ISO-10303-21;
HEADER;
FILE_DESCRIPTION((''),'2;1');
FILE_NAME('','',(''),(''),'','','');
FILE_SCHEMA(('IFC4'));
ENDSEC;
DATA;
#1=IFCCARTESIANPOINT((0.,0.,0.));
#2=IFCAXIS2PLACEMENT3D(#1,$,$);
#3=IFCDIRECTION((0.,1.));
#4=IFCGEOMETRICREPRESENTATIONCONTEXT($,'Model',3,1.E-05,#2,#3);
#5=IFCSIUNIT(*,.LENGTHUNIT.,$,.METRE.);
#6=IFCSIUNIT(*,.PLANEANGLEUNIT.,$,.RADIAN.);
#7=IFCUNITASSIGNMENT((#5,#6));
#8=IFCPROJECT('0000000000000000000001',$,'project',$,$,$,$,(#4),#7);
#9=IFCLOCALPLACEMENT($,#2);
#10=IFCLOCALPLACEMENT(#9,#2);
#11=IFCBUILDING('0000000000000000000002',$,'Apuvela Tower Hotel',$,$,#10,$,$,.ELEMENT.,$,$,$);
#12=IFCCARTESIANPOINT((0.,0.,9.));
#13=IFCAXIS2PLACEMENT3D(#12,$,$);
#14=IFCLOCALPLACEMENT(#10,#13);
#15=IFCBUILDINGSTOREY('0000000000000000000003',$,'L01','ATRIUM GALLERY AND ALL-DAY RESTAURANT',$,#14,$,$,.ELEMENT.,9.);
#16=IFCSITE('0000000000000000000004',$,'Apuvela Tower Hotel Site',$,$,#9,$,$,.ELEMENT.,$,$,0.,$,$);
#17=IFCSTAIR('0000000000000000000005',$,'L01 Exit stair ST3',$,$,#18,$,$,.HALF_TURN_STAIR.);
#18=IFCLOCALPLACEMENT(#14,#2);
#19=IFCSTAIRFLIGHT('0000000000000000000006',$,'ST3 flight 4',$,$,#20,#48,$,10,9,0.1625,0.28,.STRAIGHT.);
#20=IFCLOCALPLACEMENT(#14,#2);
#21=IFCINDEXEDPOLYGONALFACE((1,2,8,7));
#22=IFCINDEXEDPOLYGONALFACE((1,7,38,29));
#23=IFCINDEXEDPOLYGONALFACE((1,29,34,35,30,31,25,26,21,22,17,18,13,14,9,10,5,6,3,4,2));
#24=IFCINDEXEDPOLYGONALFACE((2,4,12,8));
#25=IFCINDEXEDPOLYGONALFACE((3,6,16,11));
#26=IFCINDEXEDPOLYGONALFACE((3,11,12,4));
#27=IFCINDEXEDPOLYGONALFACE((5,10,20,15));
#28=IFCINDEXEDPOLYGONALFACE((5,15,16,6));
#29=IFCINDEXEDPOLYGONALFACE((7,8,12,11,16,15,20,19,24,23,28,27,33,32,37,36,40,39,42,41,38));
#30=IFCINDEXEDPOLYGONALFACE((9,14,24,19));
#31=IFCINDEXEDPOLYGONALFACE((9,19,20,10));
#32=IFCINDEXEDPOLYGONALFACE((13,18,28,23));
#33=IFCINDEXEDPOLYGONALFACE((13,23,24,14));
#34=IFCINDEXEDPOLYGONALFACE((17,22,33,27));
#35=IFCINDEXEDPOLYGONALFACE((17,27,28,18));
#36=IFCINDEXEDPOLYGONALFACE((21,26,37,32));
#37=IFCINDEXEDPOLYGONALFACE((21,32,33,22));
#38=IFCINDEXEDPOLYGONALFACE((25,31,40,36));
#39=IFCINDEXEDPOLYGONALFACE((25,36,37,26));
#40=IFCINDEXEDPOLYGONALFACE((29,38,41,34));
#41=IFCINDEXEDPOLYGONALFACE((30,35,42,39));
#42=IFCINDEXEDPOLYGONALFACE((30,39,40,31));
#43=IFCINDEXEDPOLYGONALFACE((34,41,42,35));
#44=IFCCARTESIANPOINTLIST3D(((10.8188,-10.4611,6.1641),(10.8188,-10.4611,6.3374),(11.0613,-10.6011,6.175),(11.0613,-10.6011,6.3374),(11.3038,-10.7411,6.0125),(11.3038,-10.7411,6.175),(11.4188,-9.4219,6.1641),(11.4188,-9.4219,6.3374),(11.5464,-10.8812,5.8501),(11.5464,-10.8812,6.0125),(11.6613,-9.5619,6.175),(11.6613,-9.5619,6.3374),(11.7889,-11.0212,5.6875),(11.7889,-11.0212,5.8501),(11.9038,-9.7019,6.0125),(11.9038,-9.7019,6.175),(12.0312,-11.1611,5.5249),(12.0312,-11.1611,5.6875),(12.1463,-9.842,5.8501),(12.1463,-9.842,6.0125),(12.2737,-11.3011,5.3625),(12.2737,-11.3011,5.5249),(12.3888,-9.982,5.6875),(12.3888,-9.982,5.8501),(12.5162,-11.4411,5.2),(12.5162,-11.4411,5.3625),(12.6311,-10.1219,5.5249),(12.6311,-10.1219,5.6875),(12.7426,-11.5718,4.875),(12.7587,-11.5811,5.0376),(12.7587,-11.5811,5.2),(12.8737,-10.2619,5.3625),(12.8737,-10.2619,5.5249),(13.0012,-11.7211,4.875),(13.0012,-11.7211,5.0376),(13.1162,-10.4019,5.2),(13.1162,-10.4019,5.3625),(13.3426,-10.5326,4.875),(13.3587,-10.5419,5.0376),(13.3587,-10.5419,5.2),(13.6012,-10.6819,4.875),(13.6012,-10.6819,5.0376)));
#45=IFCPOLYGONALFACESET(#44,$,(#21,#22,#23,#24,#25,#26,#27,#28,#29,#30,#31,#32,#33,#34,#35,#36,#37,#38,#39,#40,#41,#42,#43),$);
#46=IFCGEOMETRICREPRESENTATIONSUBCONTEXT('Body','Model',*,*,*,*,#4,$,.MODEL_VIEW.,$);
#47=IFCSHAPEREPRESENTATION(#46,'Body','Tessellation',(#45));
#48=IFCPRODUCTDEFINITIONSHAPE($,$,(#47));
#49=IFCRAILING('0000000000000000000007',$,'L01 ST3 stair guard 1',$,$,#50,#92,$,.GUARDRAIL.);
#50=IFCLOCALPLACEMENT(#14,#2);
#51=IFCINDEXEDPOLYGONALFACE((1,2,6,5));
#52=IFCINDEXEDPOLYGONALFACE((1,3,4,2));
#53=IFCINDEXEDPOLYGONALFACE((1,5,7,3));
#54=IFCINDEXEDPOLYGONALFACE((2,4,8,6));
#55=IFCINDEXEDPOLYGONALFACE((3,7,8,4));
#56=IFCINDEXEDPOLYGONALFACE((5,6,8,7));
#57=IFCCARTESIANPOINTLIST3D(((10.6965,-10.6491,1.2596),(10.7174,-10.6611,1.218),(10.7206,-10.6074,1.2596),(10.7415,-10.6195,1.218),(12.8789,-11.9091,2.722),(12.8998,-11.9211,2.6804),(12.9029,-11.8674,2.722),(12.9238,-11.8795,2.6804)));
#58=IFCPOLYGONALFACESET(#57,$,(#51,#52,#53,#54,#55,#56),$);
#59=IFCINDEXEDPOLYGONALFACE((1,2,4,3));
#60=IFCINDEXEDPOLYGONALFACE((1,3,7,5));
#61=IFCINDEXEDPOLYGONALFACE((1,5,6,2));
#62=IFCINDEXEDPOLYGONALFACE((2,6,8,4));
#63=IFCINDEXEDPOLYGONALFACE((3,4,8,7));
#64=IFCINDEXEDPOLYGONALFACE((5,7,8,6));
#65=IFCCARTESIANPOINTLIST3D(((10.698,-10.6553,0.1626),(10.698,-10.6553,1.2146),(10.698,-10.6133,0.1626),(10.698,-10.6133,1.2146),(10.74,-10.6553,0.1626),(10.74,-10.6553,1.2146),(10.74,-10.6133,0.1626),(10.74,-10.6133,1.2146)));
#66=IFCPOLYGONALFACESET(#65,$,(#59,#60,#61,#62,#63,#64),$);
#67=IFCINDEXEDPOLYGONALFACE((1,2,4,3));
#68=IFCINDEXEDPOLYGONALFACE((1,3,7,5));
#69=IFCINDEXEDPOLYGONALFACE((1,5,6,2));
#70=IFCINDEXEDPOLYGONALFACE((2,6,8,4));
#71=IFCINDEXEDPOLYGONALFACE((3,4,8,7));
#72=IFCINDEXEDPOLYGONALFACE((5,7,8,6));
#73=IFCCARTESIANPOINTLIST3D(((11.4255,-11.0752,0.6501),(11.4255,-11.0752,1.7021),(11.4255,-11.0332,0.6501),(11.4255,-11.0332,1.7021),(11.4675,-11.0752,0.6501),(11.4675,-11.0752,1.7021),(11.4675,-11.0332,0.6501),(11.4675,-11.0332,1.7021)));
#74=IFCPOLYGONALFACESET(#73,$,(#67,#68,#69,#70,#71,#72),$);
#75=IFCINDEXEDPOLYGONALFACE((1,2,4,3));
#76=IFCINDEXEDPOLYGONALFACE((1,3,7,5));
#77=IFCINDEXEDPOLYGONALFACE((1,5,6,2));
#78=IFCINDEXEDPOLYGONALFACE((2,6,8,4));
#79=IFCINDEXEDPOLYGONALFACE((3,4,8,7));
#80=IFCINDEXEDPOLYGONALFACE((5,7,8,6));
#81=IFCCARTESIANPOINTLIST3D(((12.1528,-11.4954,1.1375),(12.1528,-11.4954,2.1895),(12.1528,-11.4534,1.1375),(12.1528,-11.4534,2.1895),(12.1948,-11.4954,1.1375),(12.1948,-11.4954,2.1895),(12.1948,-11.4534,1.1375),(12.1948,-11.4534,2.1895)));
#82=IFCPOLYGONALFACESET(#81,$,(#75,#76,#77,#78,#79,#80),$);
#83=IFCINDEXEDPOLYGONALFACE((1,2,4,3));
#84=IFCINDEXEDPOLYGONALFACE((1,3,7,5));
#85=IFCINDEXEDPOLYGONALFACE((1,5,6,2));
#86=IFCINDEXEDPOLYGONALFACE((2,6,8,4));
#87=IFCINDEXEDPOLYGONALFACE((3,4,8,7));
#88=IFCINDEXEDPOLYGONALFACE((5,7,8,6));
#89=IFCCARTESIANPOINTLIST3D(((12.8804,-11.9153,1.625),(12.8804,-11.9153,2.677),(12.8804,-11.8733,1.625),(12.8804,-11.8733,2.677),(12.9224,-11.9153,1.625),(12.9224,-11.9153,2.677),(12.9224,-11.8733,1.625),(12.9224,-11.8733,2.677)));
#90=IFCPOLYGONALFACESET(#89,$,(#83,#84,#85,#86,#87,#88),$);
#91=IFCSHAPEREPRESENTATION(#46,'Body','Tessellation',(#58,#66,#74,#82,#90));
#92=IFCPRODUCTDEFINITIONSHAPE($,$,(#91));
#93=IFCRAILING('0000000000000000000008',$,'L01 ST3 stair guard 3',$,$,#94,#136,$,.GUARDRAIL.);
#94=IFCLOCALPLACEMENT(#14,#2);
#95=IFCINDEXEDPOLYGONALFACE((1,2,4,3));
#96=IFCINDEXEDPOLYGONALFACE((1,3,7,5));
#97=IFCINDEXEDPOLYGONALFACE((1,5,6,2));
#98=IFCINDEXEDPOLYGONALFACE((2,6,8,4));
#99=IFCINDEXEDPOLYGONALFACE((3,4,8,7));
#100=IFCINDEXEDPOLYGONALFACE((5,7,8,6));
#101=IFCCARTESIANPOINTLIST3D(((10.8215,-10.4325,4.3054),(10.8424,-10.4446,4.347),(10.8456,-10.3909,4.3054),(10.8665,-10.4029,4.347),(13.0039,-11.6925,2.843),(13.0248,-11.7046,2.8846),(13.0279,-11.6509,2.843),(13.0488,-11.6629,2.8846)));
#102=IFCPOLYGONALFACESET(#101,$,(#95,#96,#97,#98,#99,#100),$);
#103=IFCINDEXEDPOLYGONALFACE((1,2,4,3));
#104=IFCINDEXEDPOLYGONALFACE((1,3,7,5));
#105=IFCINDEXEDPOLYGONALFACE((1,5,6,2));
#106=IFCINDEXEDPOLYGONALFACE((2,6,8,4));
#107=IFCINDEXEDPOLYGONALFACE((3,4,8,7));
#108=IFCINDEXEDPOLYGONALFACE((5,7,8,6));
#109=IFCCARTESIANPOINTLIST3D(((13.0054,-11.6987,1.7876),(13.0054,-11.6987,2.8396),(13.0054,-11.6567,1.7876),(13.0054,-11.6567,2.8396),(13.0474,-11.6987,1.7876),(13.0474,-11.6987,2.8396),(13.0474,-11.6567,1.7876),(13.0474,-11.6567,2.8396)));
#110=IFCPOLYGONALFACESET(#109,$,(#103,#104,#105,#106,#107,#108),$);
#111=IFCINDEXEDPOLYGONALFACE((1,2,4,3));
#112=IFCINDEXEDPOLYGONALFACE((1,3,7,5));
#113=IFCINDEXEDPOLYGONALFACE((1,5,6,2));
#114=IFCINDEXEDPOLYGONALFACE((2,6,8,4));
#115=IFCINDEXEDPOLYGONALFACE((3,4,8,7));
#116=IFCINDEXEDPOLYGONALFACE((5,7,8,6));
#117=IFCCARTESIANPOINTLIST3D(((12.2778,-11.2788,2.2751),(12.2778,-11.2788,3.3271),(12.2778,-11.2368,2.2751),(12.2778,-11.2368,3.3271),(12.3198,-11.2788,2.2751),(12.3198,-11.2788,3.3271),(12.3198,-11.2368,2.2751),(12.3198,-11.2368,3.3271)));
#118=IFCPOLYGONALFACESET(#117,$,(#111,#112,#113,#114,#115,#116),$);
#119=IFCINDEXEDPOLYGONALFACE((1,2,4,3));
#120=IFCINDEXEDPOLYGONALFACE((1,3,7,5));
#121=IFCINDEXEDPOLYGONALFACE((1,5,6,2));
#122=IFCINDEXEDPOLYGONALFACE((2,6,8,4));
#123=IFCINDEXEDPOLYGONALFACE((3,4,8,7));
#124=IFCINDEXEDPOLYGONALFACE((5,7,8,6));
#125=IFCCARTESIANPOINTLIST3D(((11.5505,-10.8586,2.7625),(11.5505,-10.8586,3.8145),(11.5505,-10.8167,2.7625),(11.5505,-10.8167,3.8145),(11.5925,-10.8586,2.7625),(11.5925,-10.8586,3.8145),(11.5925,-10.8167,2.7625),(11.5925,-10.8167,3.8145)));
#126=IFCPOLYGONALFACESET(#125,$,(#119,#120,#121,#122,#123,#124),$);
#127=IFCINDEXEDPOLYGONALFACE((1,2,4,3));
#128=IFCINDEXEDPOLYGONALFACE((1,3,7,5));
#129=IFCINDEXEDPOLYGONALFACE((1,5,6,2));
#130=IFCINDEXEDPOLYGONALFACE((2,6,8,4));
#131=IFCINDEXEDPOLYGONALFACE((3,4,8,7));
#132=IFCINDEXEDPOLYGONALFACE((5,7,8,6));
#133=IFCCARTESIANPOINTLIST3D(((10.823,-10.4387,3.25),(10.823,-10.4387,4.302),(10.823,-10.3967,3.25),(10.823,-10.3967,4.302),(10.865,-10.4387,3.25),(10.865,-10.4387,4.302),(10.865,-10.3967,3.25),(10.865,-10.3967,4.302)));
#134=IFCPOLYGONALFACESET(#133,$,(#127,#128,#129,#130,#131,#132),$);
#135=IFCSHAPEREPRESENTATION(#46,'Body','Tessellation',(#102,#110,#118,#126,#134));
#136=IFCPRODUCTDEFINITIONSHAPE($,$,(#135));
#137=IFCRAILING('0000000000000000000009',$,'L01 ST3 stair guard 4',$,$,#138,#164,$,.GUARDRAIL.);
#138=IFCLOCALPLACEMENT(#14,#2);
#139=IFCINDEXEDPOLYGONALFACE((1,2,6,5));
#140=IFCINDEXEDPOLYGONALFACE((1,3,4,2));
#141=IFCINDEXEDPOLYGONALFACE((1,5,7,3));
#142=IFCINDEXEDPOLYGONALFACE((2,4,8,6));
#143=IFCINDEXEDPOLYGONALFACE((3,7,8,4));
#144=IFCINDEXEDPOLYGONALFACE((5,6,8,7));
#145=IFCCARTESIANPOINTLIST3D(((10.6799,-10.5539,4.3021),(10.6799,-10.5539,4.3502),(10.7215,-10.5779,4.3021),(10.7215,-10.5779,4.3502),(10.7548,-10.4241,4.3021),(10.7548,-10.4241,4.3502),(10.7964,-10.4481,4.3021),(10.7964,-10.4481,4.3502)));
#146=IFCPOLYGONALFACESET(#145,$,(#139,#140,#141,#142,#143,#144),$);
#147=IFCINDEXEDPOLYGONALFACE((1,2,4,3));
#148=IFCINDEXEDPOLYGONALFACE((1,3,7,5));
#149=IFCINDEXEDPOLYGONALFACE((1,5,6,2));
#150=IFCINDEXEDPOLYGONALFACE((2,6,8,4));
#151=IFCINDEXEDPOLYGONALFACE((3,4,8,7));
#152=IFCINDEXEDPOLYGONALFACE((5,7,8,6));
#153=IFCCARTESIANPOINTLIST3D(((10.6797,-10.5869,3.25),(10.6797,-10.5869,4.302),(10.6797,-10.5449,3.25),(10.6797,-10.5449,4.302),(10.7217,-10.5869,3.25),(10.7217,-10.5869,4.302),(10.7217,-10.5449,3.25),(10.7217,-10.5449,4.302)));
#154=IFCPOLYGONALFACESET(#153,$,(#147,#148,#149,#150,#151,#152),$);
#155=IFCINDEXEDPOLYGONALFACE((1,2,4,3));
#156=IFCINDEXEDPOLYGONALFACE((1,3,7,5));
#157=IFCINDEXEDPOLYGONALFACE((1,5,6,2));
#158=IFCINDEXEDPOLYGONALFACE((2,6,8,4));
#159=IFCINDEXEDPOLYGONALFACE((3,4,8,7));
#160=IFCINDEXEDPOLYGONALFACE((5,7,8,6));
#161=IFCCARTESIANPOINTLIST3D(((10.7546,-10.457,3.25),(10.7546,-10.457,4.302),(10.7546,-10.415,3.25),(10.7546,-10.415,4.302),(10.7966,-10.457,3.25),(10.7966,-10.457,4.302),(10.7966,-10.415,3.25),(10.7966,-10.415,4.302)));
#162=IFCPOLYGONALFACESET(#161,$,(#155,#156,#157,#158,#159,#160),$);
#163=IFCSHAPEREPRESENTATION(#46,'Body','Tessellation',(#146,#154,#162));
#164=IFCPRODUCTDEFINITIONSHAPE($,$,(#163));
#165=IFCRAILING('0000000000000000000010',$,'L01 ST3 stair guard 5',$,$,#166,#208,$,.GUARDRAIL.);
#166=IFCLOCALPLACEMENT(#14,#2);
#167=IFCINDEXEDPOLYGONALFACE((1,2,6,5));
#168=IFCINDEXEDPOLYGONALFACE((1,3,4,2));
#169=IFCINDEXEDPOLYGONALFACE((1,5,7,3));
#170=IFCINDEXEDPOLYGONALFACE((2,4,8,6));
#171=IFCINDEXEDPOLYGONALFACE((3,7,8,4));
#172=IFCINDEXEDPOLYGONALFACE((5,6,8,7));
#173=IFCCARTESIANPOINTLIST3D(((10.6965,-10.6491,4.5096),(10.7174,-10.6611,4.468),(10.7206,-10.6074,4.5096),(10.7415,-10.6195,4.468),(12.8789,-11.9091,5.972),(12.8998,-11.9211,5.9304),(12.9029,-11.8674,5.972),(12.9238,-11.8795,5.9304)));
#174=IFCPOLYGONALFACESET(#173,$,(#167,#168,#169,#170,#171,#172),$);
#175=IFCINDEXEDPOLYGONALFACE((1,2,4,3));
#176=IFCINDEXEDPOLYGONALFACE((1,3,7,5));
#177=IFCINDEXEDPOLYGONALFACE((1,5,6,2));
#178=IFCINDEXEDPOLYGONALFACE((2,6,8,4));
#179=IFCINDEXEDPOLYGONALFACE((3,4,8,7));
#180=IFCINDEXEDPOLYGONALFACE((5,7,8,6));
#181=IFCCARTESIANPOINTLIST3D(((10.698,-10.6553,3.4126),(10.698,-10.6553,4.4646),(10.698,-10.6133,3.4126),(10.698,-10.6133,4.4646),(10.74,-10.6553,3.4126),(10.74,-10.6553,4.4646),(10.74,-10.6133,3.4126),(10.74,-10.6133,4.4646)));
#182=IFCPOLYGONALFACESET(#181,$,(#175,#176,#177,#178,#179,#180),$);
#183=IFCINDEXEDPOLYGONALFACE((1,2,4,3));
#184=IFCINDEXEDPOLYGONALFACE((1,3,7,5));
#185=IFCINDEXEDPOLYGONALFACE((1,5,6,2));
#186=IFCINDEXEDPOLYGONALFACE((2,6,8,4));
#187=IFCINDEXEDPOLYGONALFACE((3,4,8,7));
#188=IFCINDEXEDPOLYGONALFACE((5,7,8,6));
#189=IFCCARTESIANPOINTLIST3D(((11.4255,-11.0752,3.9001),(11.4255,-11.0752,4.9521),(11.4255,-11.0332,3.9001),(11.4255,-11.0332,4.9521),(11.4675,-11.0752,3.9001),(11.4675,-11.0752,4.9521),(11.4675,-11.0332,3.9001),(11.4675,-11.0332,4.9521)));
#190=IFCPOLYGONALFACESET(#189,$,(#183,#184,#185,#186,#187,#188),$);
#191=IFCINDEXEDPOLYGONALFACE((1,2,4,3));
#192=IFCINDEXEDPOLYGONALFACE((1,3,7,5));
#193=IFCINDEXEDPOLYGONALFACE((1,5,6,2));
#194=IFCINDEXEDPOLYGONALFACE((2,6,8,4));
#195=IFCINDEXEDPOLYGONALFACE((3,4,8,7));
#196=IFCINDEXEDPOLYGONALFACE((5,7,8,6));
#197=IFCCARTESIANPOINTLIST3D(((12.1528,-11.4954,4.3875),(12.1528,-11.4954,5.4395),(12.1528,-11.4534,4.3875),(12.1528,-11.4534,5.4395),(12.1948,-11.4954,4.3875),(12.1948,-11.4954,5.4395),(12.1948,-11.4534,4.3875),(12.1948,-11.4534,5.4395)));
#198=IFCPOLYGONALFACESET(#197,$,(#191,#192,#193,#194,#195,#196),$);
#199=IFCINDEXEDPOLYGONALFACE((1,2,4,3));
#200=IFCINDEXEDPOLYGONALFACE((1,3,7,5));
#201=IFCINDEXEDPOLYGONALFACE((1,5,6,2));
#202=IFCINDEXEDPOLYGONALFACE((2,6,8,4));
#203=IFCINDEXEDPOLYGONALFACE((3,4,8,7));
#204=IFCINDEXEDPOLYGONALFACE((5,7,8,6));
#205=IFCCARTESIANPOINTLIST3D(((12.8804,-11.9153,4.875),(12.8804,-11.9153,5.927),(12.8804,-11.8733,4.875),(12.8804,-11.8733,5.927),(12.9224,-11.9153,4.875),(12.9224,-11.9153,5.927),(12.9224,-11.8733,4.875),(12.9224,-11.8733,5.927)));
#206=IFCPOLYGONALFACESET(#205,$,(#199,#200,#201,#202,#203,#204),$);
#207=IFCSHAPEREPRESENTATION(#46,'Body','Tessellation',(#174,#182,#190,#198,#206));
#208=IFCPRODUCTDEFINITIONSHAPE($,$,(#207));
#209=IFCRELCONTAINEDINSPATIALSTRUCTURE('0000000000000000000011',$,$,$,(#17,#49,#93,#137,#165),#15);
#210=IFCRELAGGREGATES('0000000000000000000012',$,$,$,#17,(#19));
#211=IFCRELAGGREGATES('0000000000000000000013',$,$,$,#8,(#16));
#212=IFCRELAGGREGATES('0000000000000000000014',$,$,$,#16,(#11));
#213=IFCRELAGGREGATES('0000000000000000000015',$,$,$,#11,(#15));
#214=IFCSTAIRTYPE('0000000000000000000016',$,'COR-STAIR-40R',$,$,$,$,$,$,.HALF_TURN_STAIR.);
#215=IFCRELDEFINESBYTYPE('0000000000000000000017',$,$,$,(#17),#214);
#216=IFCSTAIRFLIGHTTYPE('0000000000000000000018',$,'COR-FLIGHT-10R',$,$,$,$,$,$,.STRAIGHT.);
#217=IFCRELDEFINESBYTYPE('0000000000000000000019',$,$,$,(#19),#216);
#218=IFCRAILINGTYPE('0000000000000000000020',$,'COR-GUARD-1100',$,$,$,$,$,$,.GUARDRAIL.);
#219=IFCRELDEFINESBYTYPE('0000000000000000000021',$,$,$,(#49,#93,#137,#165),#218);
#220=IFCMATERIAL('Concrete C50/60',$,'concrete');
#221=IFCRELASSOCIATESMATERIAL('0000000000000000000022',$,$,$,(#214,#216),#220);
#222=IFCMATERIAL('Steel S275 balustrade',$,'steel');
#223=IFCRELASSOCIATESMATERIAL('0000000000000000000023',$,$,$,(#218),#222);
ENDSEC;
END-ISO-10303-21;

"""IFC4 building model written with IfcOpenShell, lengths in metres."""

from ifc_helpers import new_model, si_unit, direction, frame, origin, origin_2d, place, context, subcontext, project, spatial, polyline, rectangle, outline, extrude, material, type_object, element, aggregate, save


model = new_model("IFC4")

# Units and contexts
model_context = context("Model", 3, precision=1e-05, world=origin(), true_north=direction((0.0, 1.0)))
body_context = subcontext(model_context, "Body", "Model", "MODEL_VIEW")
ifc_project = project(units=[si_unit("LENGTHUNIT", "METRE"), si_unit("PLANEANGLEUNIT", "RADIAN")], contexts=[model_context])

# Site, building, storey
site_placement = place(None, origin())
site = spatial("IfcSite", under=ifc_project, at=site_placement, Name="Apuvela Tower Hotel Site", CompositionType="ELEMENT", RefElevation=0.0)
building_placement = place(site_placement, origin())
building = spatial("IfcBuilding", under=site, at=building_placement, Name="Apuvela Tower Hotel", CompositionType="ELEMENT")
storey_placement = place(building_placement, frame((0.0, 0.0, 9.0)))
storey = spatial("IfcBuildingStorey", under=building, at=storey_placement, Name="L01", Description="ATRIUM GALLERY AND ALL-DAY RESTAURANT", CompositionType="ELEMENT", Elevation=9.0)

# Shared definitions
ifc_material_1 = material(Name="Concrete C50/60", Category="concrete")

# Stair, stair flight
stair_type = type_object("IfcStairType", Name="COR-STAIR-40R", PredefinedType="HALF_TURN_STAIR", material=ifc_material_1)
stair_placement = place(storey_placement, origin())
stair = element("IfcStair", 1, at=stair_placement, inside=storey, type_object=stair_type, Name="L01 Exit stair ST3", PredefinedType="HALF_TURN_STAIR")
stair_flight_type = type_object("IfcStairFlightType", Name="COR-FLIGHT-10R", PredefinedType="STRAIGHT", material=ifc_material_1)
stair_flight_1_placement = place(storey_placement, frame((13.3013, -11.2014, 4.875), z_axis=(0.0, 0.0, 1.0), x_axis=(-0.866025, 0.5, 0.0)))
stair_flight_1 = element("IfcStairFlight", 2, at=stair_flight_1_placement, type_object=stair_flight_type, Name="ST3 flight 4", NumberOfRisers=10, NumberOfTreads=9, PredefinedType="STRAIGHT", RiserHeight=0.1625, TreadLength=0.28, context=body_context, shape_type="SweptSolid", body=[
    extrude(outline(polyline([(0.0, 0.0), (0.0, 0.1626), (0.28, 0.1626), (0.28, 0.325), (0.5601, 0.325), (0.5601, 0.4875), (0.8401, 0.4875), (0.8401, 0.6499), (1.1201, 0.6499), (1.1201, 0.8125), (1.3999, 0.8125), (1.3999, 0.9751), (1.6799, 0.9751), (1.6799, 1.1375), (1.96, 1.1375), (1.96, 1.3), (2.24, 1.3), (2.24, 1.4624), (2.52, 1.4624), (2.52, 1.625), (2.52, 1.2891), (0.2986, 0.0), (0.0, 0.0)])), frame((0.0, 0.6001, 0.0), z_axis=(0.0, -1.0, 0.0), x_axis=(1.0, 0.0, 0.0)), (0.0, 0.0, 1.0), 1.2),
])
aggregate(stair, [stair_flight_1])

# Railings
ifc_material_2 = material(Name="Steel S275 balustrade", Category="steel")
railing_type = type_object("IfcRailingType", Name="COR-GUARD-1100", PredefinedType="GUARDRAIL", material=ifc_material_2)
railing_1_placement = place(storey_placement, frame((10.719, -10.6343, 0.1626)))
element("IfcRailing", 3, at=railing_1_placement, inside=storey, type_object=railing_type, Name="L01 ST3 stair guard 1", PredefinedType="GUARDRAIL", context=body_context, shape_type="SweptSolid", body=[
    extrude(rectangle(XDim=0.0481, YDim=0.0481, at=origin_2d()), frame((0.0, 0.0, 1.0762), z_axis=(0.749033, -0.43246, 0.501925), x_axis=(0.500005, 0.866023, 0.0)), (0.0, 0.0, 1.0), 2.9136),
    extrude(rectangle(XDim=0.042, YDim=0.042, at=origin_2d()), origin(), (0.0, 0.0, 1.0), 1.052),
    extrude(rectangle(XDim=0.042, YDim=0.042, at=origin_2d()), frame((0.7275, -0.4199, 0.4875)), (0.0, 0.0, 1.0), 1.052),
    extrude(rectangle(XDim=0.042, YDim=0.042, at=origin_2d()), frame((1.4548, -0.8401, 0.9749)), (0.0, 0.0, 1.0), 1.052),
    extrude(rectangle(XDim=0.042, YDim=0.042, at=origin_2d()), frame((2.1824, -1.26, 1.4624)), (0.0, 0.0, 1.0), 1.052),
])
railing_2_placement = place(storey_placement, frame((13.0264, -11.6777, 1.7876)))
element("IfcRailing", 4, at=railing_2_placement, inside=storey, type_object=railing_type, Name="L01 ST3 stair guard 3", PredefinedType="GUARDRAIL", context=body_context, shape_type="SweptSolid", body=[
    extrude(rectangle(XDim=0.0481, YDim=0.0481, at=origin_2d()), frame((0.0, 0.0, 1.0762), z_axis=(-0.749033, 0.43246, 0.501925), x_axis=(-0.500005, -0.866023, 0.0)), (0.0, 0.0, 1.0), 2.9136),
    extrude(rectangle(XDim=0.042, YDim=0.042, at=origin_2d()), origin(), (0.0, 0.0, 1.0), 1.052),
    extrude(rectangle(XDim=0.042, YDim=0.042, at=origin_2d()), frame((-0.7275, 0.4199, 0.4875)), (0.0, 0.0, 1.0), 1.052),
    extrude(rectangle(XDim=0.042, YDim=0.042, at=origin_2d()), frame((-1.4548, 0.8401, 0.9749)), (0.0, 0.0, 1.0), 1.052),
    extrude(rectangle(XDim=0.042, YDim=0.042, at=origin_2d()), frame((-2.1824, 1.26, 1.4624)), (0.0, 0.0, 1.0), 1.052),
])
railing_3_placement = place(storey_placement, frame((10.7007, -10.5659, 3.25)))
element("IfcRailing", 5, at=railing_3_placement, inside=storey, type_object=railing_type, Name="L01 ST3 stair guard 4", PredefinedType="GUARDRAIL", context=body_context, shape_type="SweptSolid", body=[
    extrude(rectangle(XDim=0.0481, YDim=0.0481, at=origin_2d()), frame((0.0, 0.0, 1.0762), z_axis=(0.499816, 0.866131, 0.0), x_axis=(-0.866131, 0.499816, 0.0)), (0.0, 0.0, 1.0), 0.1499),
    extrude(rectangle(XDim=0.042, YDim=0.042, at=origin_2d()), origin(), (0.0, 0.0, 1.0), 1.052),
    extrude(rectangle(XDim=0.042, YDim=0.042, at=origin_2d()), frame((0.075, 0.1299, 0.0)), (0.0, 0.0, 1.0), 1.052),
])
railing_4_placement = place(storey_placement, frame((10.719, -10.6343, 3.4126)))
element("IfcRailing", 6, at=railing_4_placement, inside=storey, type_object=railing_type, Name="L01 ST3 stair guard 5", PredefinedType="GUARDRAIL", context=body_context, shape_type="SweptSolid", body=[
    extrude(rectangle(XDim=0.0481, YDim=0.0481, at=origin_2d()), frame((0.0, 0.0, 1.0762), z_axis=(0.749033, -0.43246, 0.501925), x_axis=(0.500005, 0.866023, 0.0)), (0.0, 0.0, 1.0), 2.9136),
    extrude(rectangle(XDim=0.042, YDim=0.042, at=origin_2d()), origin(), (0.0, 0.0, 1.0), 1.052),
    extrude(rectangle(XDim=0.042, YDim=0.042, at=origin_2d()), frame((0.7275, -0.4199, 0.4875)), (0.0, 0.0, 1.0), 1.052),
    extrude(rectangle(XDim=0.042, YDim=0.042, at=origin_2d()), frame((1.4548, -0.8401, 0.9749)), (0.0, 0.0, 1.0), 1.052),
    extrude(rectangle(XDim=0.042, YDim=0.042, at=origin_2d()), frame((2.1824, -1.26, 1.4624)), (0.0, 0.0, 1.0), 1.052),
])

save(model, "model.ifc")
